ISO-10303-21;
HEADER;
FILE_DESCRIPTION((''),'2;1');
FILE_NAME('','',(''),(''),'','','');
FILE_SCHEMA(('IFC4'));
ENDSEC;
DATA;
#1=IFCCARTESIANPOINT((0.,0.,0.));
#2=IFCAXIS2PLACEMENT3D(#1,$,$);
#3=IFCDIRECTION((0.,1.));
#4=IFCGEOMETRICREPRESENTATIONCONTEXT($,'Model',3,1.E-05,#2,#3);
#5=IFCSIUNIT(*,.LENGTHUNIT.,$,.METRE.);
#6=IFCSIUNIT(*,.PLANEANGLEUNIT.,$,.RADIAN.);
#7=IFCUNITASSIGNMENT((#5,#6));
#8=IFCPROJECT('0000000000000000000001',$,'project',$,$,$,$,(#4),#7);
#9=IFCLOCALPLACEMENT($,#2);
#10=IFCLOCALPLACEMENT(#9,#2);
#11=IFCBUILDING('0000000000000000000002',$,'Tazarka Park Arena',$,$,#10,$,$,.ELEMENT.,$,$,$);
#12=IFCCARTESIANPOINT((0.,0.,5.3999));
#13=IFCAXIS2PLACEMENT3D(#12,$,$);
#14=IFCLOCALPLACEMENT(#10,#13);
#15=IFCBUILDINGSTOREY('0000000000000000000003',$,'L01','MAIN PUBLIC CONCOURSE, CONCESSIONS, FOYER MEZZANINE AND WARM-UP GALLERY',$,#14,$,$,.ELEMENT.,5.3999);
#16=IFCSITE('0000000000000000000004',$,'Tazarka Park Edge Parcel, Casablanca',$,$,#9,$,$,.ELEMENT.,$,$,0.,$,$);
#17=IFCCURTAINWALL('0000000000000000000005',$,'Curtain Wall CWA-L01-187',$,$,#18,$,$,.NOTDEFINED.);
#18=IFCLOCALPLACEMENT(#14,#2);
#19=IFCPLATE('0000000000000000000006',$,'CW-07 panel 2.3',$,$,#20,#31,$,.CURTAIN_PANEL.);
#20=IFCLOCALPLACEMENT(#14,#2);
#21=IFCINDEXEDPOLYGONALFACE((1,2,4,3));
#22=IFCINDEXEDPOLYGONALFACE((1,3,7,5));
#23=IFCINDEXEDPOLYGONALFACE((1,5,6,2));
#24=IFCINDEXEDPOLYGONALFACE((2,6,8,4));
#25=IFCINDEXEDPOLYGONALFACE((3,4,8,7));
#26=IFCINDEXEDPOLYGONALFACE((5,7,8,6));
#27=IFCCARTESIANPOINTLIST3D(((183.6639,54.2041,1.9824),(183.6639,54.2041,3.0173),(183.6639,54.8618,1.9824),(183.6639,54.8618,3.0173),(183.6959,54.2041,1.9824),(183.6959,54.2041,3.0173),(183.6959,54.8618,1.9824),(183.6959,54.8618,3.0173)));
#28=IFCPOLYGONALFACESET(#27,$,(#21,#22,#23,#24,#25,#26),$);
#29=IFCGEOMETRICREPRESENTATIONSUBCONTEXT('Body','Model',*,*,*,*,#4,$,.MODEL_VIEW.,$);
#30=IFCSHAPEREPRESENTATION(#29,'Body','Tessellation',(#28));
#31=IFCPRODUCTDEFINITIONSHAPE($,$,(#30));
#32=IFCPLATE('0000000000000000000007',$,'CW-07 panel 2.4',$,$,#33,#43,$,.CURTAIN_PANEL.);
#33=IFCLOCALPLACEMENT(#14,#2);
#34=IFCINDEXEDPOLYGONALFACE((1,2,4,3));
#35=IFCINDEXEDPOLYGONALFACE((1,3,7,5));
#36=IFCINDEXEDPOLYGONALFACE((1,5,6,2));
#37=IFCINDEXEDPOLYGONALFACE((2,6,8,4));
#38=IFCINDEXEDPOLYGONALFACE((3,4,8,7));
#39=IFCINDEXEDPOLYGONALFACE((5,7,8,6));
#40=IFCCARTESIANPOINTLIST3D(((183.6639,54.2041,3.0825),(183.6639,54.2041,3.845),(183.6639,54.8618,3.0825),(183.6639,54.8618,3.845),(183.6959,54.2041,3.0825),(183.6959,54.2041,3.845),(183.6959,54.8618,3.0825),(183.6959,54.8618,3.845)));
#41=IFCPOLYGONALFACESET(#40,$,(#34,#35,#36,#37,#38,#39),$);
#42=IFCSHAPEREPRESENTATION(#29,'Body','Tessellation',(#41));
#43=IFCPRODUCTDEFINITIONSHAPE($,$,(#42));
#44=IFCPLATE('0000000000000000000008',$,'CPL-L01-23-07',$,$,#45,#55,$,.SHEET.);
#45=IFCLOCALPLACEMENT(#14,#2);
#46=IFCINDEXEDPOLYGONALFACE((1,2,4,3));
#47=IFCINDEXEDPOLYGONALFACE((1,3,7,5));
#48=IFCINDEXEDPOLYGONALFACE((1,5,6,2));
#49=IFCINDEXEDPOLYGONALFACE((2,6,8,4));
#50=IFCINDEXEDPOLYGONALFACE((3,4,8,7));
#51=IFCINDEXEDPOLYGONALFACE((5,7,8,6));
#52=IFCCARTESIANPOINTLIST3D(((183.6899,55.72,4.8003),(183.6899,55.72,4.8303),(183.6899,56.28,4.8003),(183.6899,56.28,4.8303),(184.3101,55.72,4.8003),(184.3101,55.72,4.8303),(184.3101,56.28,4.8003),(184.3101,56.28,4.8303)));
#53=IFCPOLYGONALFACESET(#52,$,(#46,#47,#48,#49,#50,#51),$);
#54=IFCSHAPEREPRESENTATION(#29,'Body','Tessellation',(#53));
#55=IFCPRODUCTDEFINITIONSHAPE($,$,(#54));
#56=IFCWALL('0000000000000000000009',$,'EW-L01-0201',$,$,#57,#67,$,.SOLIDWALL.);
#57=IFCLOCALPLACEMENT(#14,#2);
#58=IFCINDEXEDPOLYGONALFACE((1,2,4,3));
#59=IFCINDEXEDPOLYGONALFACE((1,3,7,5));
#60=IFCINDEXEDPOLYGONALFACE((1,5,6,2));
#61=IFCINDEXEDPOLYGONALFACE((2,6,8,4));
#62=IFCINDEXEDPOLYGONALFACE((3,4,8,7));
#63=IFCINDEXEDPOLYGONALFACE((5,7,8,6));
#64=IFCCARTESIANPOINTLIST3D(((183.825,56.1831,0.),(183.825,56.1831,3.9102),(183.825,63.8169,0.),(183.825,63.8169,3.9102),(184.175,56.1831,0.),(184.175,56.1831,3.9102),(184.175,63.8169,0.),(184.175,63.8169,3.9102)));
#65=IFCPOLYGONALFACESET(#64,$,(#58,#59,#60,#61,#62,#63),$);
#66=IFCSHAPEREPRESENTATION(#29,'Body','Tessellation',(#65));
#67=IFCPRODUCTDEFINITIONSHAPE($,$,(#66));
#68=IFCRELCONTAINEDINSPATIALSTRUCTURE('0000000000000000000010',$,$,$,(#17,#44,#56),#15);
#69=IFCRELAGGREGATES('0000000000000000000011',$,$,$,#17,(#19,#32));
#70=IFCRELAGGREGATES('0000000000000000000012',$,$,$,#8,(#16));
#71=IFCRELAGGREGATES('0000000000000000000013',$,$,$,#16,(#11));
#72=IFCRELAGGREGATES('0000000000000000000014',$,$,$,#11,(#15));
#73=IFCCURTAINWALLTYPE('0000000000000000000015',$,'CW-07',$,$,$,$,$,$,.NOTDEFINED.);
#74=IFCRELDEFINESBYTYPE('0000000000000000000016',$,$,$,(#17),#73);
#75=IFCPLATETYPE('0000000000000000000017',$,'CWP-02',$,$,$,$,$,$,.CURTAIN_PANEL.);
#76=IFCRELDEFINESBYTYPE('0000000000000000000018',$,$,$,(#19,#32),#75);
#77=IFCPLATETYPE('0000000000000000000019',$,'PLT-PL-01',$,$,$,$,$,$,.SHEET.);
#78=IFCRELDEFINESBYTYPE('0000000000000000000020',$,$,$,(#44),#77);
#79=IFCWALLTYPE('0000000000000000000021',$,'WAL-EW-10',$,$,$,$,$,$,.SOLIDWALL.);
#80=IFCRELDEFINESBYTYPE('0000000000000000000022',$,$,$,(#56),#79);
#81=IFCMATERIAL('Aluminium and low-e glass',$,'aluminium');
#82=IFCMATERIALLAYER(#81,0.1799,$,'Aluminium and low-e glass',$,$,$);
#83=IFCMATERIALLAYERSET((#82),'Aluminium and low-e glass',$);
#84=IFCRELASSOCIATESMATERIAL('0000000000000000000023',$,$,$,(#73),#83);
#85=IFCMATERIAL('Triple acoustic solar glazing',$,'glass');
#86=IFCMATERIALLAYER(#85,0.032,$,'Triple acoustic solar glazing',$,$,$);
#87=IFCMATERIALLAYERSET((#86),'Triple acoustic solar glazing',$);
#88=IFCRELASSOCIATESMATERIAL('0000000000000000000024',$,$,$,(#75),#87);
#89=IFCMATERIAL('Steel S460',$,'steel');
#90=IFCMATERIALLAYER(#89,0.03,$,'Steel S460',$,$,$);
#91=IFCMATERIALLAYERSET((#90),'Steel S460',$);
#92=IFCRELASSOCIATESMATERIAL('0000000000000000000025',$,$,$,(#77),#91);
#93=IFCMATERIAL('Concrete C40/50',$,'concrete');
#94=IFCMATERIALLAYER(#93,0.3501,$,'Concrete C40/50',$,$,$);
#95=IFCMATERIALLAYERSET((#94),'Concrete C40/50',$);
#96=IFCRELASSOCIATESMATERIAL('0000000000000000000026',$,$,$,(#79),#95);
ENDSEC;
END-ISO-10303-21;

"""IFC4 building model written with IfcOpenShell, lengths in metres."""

from ifc_helpers import new_model, si_unit, direction, frame, frame_2d, origin, origin_2d, place, context, subcontext, project, spatial, rectangle, extrude, material, layer, layer_set, type_object, element, aggregate, save


model = new_model("IFC4")

# Units and contexts
model_context = context("Model", 3, precision=1e-05, world=origin(), true_north=direction((0.0, 1.0)))
body_context = subcontext(model_context, "Body", "Model", "MODEL_VIEW")
ifc_project = project(units=[si_unit("LENGTHUNIT", "METRE"), si_unit("PLANEANGLEUNIT", "RADIAN")], contexts=[model_context])

# Site, building, storey
site_placement = place(None, origin())
site = spatial("IfcSite", under=ifc_project, at=site_placement, Name="Tazarka Park Edge Parcel, Casablanca", CompositionType="ELEMENT", RefElevation=0.0)
building_placement = place(site_placement, origin())
building = spatial("IfcBuilding", under=site, at=building_placement, Name="Tazarka Park Arena", CompositionType="ELEMENT")
storey_placement = place(building_placement, frame((0.0, 0.0, 5.3999)))
storey = spatial("IfcBuildingStorey", under=building, at=storey_placement, Name="L01", Description="MAIN PUBLIC CONCOURSE, CONCESSIONS, FOYER MEZZANINE AND WARM-UP GALLERY", CompositionType="ELEMENT", Elevation=5.3999)

# Curtain wall, plates
ifc_material_1 = material(Name="Aluminium and low-e glass", Category="aluminium")
ifc_layer_1 = layer(ifc_material_1, 0.1799, Name="Aluminium and low-e glass")
ifc_layer_set_1 = layer_set([ifc_layer_1], Name="Aluminium and low-e glass")
curtain_wall_type = type_object("IfcCurtainWallType", Name="CW-07", PredefinedType="NOTDEFINED", material=ifc_layer_set_1)
curtain_wall_placement = place(storey_placement, origin())
curtain_wall = element("IfcCurtainWall", 1, at=curtain_wall_placement, inside=storey, type_object=curtain_wall_type, Name="Curtain Wall CWA-L01-187", PredefinedType="NOTDEFINED")
ifc_material_2 = material(Name="Triple acoustic solar glazing", Category="glass")
ifc_layer_2 = layer(ifc_material_2, 0.032, Name="Triple acoustic solar glazing")
ifc_layer_set_2 = layer_set([ifc_layer_2], Name="Triple acoustic solar glazing")
plate_type_1 = type_object("IfcPlateType", Name="CWP-02", PredefinedType="CURTAIN_PANEL", material=ifc_layer_set_2)
plate_1_placement = place(storey_placement, frame((183.6799, 54.533, 1.9824), z_axis=(0.0, 0.0, 1.0), x_axis=(0.0, -1.0, 0.0)))
plate_1 = element("IfcPlate", 2, at=plate_1_placement, type_object=plate_type_1, Name="CW-07 panel 2.3", PredefinedType="CURTAIN_PANEL", context=body_context, shape_type="SweptSolid", body=[
    extrude(rectangle(XDim=0.6577, YDim=0.032, at=origin_2d()), origin(), (0.0, 0.0, 1.0), 1.0349),
])
plate_2_placement = place(storey_placement, frame((183.6799, 54.533, 3.0825), z_axis=(0.0, 0.0, 1.0), x_axis=(0.0, -1.0, 0.0)))
plate_2 = element("IfcPlate", 3, at=plate_2_placement, type_object=plate_type_1, Name="CW-07 panel 2.4", PredefinedType="CURTAIN_PANEL", context=body_context, shape_type="SweptSolid", body=[
    extrude(rectangle(XDim=0.6577, YDim=0.032, at=origin_2d()), origin(), (0.0, 0.0, 1.0), 0.7625),
])
aggregate(curtain_wall, [plate_1, plate_2])

# Plate
ifc_material_3 = material(Name="Steel S460", Category="steel")
ifc_layer_3 = layer(ifc_material_3, 0.03, Name="Steel S460")
ifc_layer_set_3 = layer_set([ifc_layer_3], Name="Steel S460")
plate_type_2 = type_object("IfcPlateType", Name="PLT-PL-01", PredefinedType="SHEET", material=ifc_layer_set_3)
plate_3_placement = place(storey_placement, frame((184.0, 56.0, 4.8003), z_axis=(0.0, 0.0, 1.0), x_axis=(1.0, 0.0, 0.0)))
element("IfcPlate", 4, at=plate_3_placement, inside=storey, type_object=plate_type_2, Name="CPL-L01-23-07", PredefinedType="SHEET", context=body_context, shape_type="SweptSolid", body=[
    extrude(rectangle(XDim=0.6201, YDim=0.5601, at=origin_2d()), origin(), (0.0, 0.0, 1.0), 0.03),
])

# Wall
ifc_material_4 = material(Name="Concrete C40/50", Category="concrete")
ifc_layer_4 = layer(ifc_material_4, 0.3501, Name="Concrete C40/50")
ifc_layer_set_4 = layer_set([ifc_layer_4], Name="Concrete C40/50")
wall_type = type_object("IfcWallType", Name="WAL-EW-10", PredefinedType="SOLIDWALL", material=ifc_layer_set_4)
wall_placement = place(storey_placement, frame((184.0, 63.8169, 0.0), z_axis=(0.0, 0.0, 1.0), x_axis=(0.0, -1.0, 0.0)))
element("IfcWall", 5, at=wall_placement, inside=storey, type_object=wall_type, Name="EW-L01-0201", PredefinedType="SOLIDWALL", context=body_context, shape_type="SweptSolid", body=[
    extrude(rectangle(XDim=7.6338, YDim=0.3501, at=frame_2d((3.8169, 0.0))), origin(), (0.0, 0.0, 1.0), 3.9102),
])

save(model, "model.ifc")
